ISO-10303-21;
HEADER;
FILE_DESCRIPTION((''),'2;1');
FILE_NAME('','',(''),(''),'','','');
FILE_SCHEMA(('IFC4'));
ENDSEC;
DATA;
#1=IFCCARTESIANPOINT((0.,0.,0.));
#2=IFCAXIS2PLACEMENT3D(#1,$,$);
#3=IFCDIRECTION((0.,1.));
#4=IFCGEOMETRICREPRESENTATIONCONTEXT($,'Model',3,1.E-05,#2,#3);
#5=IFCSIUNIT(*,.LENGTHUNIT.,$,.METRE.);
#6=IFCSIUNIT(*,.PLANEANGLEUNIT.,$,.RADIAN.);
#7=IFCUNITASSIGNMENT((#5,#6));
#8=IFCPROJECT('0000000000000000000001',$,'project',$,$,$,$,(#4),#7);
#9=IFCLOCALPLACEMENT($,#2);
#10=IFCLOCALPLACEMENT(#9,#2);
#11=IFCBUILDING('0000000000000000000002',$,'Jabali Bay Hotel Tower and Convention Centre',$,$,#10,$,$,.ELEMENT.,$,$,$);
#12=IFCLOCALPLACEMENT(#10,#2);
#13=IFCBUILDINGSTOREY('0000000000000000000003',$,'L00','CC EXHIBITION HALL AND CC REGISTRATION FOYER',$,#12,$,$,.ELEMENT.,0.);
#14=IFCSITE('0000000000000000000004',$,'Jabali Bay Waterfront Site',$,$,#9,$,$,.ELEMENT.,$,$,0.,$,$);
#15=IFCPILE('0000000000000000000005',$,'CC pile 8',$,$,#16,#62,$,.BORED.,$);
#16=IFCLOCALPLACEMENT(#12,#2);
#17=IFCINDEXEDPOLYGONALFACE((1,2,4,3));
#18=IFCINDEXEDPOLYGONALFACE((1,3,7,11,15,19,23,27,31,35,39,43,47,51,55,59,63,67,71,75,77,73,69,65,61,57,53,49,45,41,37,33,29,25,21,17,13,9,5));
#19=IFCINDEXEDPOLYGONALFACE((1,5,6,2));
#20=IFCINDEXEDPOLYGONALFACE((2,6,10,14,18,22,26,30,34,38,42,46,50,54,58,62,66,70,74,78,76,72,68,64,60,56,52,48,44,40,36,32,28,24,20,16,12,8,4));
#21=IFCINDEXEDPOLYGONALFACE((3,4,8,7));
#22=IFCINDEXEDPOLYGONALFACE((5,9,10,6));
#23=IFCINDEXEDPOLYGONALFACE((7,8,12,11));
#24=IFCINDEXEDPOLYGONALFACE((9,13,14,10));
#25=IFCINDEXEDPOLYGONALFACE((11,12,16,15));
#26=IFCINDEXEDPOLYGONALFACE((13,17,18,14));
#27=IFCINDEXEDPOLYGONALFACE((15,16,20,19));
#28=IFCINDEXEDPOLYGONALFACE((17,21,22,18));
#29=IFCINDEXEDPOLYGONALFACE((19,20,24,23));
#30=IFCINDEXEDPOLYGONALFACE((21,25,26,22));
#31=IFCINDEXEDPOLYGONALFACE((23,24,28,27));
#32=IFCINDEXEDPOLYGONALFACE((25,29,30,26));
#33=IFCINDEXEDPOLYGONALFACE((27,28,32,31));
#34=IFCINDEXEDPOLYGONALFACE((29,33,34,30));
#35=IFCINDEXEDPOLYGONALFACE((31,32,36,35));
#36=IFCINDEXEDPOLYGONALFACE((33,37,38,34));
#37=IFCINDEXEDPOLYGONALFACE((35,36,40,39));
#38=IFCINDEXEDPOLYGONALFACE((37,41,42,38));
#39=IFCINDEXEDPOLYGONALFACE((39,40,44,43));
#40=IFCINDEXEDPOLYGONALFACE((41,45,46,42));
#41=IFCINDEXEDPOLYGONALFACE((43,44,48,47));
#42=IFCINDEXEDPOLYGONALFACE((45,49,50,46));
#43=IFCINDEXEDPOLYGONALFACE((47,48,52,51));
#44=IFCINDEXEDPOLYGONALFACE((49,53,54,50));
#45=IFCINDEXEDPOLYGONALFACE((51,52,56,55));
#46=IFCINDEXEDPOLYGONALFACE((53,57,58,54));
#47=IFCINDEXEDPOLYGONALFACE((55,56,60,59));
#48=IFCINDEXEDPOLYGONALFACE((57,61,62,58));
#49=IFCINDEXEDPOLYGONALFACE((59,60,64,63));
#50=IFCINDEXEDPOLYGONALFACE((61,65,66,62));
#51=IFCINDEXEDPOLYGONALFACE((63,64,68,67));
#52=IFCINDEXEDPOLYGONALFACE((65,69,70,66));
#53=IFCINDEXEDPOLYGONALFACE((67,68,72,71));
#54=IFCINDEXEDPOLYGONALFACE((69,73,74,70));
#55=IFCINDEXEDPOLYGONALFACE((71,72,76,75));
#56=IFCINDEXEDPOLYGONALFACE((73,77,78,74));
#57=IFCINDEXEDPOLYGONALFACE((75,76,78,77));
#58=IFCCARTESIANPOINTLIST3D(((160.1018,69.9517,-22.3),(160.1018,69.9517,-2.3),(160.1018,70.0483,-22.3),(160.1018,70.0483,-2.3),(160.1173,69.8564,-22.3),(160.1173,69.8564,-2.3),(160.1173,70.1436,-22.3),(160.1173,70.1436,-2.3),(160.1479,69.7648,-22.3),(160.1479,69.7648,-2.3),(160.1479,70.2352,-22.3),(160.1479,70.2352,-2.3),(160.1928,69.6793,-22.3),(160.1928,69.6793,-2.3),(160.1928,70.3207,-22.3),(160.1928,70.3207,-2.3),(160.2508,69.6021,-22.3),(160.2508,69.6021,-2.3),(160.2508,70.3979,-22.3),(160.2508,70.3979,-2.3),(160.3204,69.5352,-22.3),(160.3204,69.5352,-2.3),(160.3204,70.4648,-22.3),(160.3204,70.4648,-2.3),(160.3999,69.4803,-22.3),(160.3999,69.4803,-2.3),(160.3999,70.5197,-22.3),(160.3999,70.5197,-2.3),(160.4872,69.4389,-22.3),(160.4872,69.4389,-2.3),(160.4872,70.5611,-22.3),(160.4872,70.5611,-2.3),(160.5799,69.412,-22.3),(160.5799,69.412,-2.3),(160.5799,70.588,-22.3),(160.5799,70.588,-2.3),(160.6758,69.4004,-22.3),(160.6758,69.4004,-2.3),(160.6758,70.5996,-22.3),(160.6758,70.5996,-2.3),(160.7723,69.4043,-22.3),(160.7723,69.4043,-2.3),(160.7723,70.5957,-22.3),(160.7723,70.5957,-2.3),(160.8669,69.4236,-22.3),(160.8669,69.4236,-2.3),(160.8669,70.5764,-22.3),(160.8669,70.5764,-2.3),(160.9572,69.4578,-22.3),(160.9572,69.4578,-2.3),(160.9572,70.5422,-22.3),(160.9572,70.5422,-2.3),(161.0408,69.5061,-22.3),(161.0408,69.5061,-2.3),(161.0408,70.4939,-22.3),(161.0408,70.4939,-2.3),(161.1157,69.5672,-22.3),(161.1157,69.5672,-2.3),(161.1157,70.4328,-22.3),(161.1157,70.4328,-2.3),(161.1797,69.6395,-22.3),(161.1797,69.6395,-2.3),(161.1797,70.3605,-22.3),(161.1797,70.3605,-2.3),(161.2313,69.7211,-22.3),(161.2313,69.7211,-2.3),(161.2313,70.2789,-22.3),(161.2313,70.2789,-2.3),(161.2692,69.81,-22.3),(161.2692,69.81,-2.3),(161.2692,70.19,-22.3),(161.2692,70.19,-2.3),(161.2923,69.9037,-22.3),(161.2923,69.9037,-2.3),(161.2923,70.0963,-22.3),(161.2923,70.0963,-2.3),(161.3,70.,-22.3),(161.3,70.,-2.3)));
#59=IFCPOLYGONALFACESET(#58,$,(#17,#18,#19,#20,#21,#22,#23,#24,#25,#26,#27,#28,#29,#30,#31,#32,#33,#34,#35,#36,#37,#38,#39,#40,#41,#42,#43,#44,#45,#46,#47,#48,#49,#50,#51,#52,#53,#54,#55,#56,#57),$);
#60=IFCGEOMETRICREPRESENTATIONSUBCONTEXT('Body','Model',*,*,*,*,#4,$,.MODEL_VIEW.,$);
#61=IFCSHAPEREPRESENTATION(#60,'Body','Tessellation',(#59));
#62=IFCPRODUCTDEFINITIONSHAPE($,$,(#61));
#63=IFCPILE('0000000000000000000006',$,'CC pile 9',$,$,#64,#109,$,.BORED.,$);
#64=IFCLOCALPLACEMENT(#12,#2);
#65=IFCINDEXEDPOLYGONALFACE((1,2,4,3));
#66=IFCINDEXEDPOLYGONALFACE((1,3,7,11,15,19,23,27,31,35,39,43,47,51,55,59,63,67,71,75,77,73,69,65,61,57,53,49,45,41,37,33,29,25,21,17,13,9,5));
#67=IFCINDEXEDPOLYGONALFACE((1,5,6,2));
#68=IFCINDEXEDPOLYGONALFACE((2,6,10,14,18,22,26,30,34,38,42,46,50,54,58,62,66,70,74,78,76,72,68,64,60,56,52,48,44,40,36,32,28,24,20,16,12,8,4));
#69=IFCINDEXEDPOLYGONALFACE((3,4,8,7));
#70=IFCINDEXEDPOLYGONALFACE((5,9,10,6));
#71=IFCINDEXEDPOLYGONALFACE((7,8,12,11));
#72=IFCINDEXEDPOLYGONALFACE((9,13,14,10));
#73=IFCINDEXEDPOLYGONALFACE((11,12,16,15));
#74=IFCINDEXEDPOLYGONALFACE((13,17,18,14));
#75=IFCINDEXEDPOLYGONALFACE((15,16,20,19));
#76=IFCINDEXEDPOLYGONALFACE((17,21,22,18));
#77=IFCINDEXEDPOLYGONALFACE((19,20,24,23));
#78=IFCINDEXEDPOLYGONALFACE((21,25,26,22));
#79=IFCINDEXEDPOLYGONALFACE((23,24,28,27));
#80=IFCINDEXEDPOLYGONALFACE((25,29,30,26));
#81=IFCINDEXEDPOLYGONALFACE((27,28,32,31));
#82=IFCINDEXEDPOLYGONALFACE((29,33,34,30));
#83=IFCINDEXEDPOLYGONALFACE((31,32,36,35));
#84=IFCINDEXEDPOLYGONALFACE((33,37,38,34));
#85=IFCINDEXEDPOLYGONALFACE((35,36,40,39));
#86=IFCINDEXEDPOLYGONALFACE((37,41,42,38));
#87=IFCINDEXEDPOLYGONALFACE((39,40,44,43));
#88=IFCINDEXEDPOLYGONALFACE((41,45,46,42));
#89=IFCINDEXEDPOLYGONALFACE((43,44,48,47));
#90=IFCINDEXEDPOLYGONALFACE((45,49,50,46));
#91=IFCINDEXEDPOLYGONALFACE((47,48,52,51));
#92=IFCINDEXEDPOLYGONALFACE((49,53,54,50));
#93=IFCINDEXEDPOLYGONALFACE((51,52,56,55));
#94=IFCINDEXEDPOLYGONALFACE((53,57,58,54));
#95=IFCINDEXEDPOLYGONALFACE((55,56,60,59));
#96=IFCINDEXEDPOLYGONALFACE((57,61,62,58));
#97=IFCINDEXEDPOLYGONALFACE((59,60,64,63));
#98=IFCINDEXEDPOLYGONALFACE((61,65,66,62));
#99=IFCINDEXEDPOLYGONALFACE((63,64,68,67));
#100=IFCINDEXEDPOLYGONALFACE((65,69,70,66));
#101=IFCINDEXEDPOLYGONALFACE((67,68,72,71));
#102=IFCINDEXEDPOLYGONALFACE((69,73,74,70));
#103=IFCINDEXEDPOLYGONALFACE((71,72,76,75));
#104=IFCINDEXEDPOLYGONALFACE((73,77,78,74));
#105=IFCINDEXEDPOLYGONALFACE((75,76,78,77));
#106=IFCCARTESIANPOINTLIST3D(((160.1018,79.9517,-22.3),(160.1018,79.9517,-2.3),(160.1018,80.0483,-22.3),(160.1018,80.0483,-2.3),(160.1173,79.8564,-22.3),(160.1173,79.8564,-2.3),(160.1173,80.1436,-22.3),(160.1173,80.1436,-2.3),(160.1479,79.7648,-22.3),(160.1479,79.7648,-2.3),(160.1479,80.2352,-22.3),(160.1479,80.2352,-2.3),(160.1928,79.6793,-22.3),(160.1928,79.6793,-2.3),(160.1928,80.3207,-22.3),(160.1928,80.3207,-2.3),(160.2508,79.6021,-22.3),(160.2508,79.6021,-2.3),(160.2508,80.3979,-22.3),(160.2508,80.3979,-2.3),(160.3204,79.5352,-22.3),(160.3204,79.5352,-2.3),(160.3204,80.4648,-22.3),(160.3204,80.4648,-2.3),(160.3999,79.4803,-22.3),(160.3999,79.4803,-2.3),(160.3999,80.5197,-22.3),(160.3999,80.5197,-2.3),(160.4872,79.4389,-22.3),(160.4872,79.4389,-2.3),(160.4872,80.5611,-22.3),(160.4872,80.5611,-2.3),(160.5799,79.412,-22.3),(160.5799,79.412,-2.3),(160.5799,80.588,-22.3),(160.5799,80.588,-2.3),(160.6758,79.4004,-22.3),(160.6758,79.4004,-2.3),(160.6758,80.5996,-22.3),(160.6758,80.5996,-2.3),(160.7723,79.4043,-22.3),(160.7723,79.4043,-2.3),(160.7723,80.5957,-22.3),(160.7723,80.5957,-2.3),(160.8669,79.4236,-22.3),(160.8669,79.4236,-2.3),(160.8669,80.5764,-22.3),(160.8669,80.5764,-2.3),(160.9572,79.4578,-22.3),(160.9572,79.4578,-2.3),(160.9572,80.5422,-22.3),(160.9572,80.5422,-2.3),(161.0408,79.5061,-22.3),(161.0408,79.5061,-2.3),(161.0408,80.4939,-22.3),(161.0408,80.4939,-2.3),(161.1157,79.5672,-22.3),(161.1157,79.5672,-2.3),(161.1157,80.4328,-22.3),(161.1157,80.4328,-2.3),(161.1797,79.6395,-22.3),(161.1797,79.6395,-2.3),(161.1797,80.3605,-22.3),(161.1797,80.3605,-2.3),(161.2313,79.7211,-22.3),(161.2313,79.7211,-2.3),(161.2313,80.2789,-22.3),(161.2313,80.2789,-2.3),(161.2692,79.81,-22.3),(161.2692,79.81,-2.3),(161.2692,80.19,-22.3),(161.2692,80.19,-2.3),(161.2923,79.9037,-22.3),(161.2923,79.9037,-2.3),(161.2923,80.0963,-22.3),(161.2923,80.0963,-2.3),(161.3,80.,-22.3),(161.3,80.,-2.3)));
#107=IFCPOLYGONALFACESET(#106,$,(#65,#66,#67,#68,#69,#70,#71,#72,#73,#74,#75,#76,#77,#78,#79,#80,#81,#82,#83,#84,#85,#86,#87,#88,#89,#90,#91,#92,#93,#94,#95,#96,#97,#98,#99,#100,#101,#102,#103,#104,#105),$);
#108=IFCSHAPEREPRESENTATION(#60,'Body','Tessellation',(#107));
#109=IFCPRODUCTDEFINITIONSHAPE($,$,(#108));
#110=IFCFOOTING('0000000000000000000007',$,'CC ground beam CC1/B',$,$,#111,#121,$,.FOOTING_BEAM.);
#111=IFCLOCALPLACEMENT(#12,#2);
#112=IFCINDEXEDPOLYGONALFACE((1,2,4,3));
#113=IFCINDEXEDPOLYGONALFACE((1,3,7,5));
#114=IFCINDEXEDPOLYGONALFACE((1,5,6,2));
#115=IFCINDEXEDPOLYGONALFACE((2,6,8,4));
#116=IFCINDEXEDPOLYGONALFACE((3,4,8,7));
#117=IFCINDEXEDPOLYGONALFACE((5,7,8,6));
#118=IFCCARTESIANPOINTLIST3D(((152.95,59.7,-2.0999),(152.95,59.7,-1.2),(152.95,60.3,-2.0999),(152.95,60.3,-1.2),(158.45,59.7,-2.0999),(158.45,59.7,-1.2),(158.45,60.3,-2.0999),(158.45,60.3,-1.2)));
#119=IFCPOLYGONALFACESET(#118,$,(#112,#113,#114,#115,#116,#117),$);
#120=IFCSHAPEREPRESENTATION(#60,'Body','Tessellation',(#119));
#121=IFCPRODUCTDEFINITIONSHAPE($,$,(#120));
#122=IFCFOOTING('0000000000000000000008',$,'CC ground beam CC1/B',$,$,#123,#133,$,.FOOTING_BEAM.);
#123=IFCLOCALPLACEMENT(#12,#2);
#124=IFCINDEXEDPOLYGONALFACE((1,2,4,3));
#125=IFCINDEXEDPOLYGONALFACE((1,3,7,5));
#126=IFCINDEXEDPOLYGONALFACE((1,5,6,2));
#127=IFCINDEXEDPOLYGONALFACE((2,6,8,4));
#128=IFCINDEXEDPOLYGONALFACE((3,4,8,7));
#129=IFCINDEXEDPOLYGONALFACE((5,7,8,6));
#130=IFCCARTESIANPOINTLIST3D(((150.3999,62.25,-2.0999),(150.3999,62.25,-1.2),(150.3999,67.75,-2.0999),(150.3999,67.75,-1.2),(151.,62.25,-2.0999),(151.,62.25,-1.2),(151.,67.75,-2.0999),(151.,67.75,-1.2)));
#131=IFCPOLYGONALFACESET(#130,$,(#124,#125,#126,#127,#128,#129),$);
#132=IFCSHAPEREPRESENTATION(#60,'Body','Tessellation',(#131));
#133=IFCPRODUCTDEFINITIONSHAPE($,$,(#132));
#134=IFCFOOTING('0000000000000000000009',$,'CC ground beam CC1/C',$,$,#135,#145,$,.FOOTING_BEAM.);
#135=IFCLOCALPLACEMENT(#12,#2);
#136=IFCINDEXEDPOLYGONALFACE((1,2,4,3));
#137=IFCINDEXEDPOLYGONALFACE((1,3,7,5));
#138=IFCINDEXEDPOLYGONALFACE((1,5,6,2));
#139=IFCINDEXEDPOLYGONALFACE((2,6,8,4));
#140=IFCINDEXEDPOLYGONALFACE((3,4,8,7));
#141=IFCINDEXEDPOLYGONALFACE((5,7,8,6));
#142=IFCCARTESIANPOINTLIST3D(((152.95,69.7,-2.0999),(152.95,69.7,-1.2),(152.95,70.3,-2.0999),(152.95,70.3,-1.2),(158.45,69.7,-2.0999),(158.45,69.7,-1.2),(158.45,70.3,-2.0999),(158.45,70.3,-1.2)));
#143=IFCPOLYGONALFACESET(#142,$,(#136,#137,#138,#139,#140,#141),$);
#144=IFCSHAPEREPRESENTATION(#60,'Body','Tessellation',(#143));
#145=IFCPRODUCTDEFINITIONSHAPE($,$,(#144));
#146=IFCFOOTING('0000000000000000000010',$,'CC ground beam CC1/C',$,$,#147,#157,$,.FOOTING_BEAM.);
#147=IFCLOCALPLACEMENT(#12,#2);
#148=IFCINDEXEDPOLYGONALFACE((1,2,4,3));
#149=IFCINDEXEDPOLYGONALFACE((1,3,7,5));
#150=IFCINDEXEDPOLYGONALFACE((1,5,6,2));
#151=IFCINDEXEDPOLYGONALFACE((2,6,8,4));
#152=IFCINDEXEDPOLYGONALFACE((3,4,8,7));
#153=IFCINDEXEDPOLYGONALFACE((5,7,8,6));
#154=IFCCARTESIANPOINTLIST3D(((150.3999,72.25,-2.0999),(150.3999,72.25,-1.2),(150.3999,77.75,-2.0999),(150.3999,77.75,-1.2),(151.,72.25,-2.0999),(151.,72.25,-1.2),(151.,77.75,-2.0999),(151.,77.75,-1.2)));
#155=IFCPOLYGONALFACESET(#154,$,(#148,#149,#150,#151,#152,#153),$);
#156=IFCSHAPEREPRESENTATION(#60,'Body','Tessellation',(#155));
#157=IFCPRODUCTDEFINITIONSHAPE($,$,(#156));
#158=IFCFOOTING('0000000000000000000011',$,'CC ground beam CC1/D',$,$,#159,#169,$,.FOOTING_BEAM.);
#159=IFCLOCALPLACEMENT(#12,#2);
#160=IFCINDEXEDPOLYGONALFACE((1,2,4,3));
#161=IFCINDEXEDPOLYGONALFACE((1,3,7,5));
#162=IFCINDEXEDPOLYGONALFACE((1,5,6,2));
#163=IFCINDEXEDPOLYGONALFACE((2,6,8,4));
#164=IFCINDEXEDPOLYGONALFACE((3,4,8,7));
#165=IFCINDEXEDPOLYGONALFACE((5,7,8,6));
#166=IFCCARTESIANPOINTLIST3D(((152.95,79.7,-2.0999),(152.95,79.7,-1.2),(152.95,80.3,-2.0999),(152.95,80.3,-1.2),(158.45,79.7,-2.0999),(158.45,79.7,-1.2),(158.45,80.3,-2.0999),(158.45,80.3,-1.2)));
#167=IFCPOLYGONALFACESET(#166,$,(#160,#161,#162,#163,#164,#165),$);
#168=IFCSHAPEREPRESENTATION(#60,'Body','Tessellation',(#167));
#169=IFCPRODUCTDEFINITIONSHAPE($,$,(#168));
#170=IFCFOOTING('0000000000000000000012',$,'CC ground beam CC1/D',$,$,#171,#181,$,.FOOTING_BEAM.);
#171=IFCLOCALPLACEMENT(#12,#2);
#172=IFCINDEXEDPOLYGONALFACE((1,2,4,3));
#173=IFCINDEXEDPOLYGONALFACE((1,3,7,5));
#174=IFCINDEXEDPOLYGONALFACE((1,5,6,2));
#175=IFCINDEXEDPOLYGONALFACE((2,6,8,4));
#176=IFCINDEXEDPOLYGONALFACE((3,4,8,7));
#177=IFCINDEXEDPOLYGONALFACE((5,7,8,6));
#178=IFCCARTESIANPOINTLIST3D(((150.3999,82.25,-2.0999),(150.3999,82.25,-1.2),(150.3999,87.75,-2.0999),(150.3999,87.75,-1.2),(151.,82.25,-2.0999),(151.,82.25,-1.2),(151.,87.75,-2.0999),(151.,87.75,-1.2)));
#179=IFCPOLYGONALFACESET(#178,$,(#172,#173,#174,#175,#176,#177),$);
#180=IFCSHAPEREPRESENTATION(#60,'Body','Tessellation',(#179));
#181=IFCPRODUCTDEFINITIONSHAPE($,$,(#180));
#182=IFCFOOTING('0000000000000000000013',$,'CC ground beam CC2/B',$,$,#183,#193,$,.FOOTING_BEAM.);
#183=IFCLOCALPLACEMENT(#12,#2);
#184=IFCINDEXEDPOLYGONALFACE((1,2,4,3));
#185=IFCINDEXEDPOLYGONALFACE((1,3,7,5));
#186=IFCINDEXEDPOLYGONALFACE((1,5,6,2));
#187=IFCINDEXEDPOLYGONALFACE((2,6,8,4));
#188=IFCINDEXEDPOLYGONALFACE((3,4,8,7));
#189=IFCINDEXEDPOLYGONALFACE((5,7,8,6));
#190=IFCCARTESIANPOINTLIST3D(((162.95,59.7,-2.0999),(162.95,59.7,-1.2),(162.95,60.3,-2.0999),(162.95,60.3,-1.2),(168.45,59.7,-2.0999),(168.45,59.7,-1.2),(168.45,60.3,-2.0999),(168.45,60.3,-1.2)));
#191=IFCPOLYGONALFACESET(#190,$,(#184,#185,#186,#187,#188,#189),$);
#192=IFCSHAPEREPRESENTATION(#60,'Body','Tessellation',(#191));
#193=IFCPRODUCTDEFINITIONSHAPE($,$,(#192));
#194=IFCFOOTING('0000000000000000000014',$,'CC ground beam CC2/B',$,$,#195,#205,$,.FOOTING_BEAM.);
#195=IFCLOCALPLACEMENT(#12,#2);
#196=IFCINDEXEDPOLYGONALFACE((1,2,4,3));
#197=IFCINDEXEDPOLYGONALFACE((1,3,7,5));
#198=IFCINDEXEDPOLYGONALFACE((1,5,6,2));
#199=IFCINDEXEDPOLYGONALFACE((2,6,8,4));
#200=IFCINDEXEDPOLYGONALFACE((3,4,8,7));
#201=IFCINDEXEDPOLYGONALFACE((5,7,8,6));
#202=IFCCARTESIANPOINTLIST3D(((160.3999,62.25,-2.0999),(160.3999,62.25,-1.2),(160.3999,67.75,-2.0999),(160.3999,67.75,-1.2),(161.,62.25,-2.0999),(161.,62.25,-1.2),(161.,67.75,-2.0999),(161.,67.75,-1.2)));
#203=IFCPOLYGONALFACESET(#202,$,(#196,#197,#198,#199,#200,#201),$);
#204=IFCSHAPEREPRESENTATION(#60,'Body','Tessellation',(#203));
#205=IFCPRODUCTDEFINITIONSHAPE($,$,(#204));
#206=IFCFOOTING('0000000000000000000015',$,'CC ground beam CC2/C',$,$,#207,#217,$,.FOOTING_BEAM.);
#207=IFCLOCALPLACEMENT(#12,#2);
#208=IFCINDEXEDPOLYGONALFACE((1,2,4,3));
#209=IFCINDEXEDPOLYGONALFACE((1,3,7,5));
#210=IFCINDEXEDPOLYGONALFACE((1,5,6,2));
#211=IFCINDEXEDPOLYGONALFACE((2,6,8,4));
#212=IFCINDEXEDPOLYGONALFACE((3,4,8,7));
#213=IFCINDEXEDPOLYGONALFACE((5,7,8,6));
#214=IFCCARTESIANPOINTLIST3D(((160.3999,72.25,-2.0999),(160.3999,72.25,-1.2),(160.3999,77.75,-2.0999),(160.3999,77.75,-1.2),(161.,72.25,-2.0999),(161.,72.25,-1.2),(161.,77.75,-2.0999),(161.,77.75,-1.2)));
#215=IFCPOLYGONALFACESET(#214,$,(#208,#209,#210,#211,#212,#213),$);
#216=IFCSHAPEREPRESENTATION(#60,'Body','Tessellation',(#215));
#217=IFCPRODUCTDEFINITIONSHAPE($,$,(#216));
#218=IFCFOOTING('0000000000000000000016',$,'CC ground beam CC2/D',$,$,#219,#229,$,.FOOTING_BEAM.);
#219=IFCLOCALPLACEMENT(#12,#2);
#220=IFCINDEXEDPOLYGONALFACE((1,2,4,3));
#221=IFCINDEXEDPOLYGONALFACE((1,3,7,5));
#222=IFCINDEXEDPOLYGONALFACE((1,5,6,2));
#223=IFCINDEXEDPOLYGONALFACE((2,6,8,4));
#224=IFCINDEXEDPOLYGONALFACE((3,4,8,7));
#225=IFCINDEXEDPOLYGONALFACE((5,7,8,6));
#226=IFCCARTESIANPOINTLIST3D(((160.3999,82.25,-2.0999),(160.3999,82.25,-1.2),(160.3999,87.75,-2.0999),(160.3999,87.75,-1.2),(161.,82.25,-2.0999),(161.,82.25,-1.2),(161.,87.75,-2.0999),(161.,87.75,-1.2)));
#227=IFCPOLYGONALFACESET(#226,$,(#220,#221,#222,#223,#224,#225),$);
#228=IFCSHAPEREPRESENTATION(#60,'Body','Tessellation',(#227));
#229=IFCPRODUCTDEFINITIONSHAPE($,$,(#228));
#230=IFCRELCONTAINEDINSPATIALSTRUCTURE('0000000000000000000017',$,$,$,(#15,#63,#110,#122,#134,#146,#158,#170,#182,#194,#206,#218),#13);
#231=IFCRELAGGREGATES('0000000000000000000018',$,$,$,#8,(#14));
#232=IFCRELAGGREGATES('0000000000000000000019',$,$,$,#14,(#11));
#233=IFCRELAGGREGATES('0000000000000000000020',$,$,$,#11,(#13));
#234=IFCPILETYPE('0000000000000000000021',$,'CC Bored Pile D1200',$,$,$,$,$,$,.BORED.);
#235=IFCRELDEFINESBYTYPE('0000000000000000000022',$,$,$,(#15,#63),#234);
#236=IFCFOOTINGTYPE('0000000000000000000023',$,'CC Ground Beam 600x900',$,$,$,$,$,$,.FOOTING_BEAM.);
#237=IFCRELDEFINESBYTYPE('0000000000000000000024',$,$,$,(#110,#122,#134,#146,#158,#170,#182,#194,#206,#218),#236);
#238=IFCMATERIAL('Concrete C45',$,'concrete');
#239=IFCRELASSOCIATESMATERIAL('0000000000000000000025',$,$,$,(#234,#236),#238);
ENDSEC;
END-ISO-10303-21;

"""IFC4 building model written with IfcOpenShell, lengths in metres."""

from ifc_helpers import new_model, si_unit, direction, frame, origin, origin_2d, place, context, subcontext, project, spatial, rectangle, circle, extrude, material, material_profile, profile_set, type_object, element, save


model = new_model("IFC4")

# Units and contexts
model_context = context("Model", 3, precision=1e-05, world=origin(), true_north=direction((0.0, 1.0)))
body_context = subcontext(model_context, "Body", "Model", "MODEL_VIEW")
ifc_project = project(units=[si_unit("LENGTHUNIT", "METRE"), si_unit("PLANEANGLEUNIT", "RADIAN")], contexts=[model_context])

# Site, building, storey
site_placement = place(None, origin())
site = spatial("IfcSite", under=ifc_project, at=site_placement, Name="Jabali Bay Waterfront Site", CompositionType="ELEMENT", RefElevation=0.0)
building_placement = place(site_placement, origin())
building = spatial("IfcBuilding", under=site, at=building_placement, Name="Jabali Bay Hotel Tower and Convention Centre", CompositionType="ELEMENT")
storey_placement = place(building_placement, origin())
storey = spatial("IfcBuildingStorey", under=building, at=storey_placement, Name="L00", Description="CC EXHIBITION HALL AND CC REGISTRATION FOYER", CompositionType="ELEMENT", Elevation=0.0)

# Piles
ifc_material_1 = material(Name="Concrete C45", Category="concrete")
ifc_material_profile_1 = material_profile(ifc_material_1, circle(Radius=0.6001, at=origin_2d()), Name="D1200")
ifc_profile_set_1 = profile_set([ifc_material_profile_1], Name="Concrete C45")
pile_type = type_object("IfcPileType", Name="CC Bored Pile D1200", PredefinedType="BORED", material=ifc_profile_set_1)
for number, where, z_axis, x_axis, name in (
    (1, (160.7, 70.0, -2.3), (0.0, 0.0, -1.0), (1.0, 0.0, 0.0), "CC pile 8"),
    (2, (160.7, 80.0, -2.3), (0.0, 0.0, -1.0), (1.0, 0.0, 0.0), "CC pile 9"),
):
    element("IfcPile", number, at=place(storey_placement, frame(where, z_axis=z_axis, x_axis=x_axis)), inside=storey, type_object=pile_type, Name=name, PredefinedType="BORED", context=body_context, shape_type="SweptSolid", body=[
        extrude(circle(Radius=0.6001, at=origin_2d()), origin(), (0.0, 0.0, 1.0), 20.0),
    ])

# Footings
ifc_material_profile_2 = material_profile(ifc_material_1, rectangle(XDim=0.6001, YDim=0.8999, at=origin_2d()), Name="RC 600x900")
ifc_profile_set_2 = profile_set([ifc_material_profile_2], Name="Concrete C45")
footing_type = type_object("IfcFootingType", Name="CC Ground Beam 600x900", PredefinedType="FOOTING_BEAM", material=ifc_profile_set_2)
for number, where, z_axis, x_axis, name in (
    (3, (152.95, 60.0, -1.6499), (1.0, 0.0, 0.0), (0.0, 1.0, 0.0), "CC ground beam CC1/B"),
    (4, (150.7, 62.25, -1.6499), (0.0, 1.0, 0.0), (-1.0, 0.0, 0.0), "CC ground beam CC1/B"),
    (5, (152.95, 70.0, -1.6499), (1.0, 0.0, 0.0), (0.0, 1.0, 0.0), "CC ground beam CC1/C"),
    (6, (150.7, 72.25, -1.6499), (0.0, 1.0, 0.0), (-1.0, 0.0, 0.0), "CC ground beam CC1/C"),
    (7, (152.95, 80.0, -1.6499), (1.0, 0.0, 0.0), (0.0, 1.0, 0.0), "CC ground beam CC1/D"),
    (8, (150.7, 82.25, -1.6499), (0.0, 1.0, 0.0), (-1.0, 0.0, 0.0), "CC ground beam CC1/D"),
    (9, (162.95, 60.0, -1.6499), (1.0, 0.0, 0.0), (0.0, 1.0, 0.0), "CC ground beam CC2/B"),
    (10, (160.7, 62.25, -1.6499), (0.0, 1.0, 0.0), (-1.0, 0.0, 0.0), "CC ground beam CC2/B"),
    (11, (160.7, 72.25, -1.6499), (0.0, 1.0, 0.0), (-1.0, 0.0, 0.0), "CC ground beam CC2/C"),
    (12, (160.7, 82.25, -1.6499), (0.0, 1.0, 0.0), (-1.0, 0.0, 0.0), "CC ground beam CC2/D"),
):
    element("IfcFooting", number, at=place(storey_placement, frame(where, z_axis=z_axis, x_axis=x_axis)), inside=storey, type_object=footing_type, Name=name, PredefinedType="FOOTING_BEAM", context=body_context, shape_type="SweptSolid", body=[
        extrude(rectangle(XDim=0.6001, YDim=0.8999, at=origin_2d()), origin(), (0.0, 0.0, 1.0), 5.5),
    ])

save(model, "model.ifc")
